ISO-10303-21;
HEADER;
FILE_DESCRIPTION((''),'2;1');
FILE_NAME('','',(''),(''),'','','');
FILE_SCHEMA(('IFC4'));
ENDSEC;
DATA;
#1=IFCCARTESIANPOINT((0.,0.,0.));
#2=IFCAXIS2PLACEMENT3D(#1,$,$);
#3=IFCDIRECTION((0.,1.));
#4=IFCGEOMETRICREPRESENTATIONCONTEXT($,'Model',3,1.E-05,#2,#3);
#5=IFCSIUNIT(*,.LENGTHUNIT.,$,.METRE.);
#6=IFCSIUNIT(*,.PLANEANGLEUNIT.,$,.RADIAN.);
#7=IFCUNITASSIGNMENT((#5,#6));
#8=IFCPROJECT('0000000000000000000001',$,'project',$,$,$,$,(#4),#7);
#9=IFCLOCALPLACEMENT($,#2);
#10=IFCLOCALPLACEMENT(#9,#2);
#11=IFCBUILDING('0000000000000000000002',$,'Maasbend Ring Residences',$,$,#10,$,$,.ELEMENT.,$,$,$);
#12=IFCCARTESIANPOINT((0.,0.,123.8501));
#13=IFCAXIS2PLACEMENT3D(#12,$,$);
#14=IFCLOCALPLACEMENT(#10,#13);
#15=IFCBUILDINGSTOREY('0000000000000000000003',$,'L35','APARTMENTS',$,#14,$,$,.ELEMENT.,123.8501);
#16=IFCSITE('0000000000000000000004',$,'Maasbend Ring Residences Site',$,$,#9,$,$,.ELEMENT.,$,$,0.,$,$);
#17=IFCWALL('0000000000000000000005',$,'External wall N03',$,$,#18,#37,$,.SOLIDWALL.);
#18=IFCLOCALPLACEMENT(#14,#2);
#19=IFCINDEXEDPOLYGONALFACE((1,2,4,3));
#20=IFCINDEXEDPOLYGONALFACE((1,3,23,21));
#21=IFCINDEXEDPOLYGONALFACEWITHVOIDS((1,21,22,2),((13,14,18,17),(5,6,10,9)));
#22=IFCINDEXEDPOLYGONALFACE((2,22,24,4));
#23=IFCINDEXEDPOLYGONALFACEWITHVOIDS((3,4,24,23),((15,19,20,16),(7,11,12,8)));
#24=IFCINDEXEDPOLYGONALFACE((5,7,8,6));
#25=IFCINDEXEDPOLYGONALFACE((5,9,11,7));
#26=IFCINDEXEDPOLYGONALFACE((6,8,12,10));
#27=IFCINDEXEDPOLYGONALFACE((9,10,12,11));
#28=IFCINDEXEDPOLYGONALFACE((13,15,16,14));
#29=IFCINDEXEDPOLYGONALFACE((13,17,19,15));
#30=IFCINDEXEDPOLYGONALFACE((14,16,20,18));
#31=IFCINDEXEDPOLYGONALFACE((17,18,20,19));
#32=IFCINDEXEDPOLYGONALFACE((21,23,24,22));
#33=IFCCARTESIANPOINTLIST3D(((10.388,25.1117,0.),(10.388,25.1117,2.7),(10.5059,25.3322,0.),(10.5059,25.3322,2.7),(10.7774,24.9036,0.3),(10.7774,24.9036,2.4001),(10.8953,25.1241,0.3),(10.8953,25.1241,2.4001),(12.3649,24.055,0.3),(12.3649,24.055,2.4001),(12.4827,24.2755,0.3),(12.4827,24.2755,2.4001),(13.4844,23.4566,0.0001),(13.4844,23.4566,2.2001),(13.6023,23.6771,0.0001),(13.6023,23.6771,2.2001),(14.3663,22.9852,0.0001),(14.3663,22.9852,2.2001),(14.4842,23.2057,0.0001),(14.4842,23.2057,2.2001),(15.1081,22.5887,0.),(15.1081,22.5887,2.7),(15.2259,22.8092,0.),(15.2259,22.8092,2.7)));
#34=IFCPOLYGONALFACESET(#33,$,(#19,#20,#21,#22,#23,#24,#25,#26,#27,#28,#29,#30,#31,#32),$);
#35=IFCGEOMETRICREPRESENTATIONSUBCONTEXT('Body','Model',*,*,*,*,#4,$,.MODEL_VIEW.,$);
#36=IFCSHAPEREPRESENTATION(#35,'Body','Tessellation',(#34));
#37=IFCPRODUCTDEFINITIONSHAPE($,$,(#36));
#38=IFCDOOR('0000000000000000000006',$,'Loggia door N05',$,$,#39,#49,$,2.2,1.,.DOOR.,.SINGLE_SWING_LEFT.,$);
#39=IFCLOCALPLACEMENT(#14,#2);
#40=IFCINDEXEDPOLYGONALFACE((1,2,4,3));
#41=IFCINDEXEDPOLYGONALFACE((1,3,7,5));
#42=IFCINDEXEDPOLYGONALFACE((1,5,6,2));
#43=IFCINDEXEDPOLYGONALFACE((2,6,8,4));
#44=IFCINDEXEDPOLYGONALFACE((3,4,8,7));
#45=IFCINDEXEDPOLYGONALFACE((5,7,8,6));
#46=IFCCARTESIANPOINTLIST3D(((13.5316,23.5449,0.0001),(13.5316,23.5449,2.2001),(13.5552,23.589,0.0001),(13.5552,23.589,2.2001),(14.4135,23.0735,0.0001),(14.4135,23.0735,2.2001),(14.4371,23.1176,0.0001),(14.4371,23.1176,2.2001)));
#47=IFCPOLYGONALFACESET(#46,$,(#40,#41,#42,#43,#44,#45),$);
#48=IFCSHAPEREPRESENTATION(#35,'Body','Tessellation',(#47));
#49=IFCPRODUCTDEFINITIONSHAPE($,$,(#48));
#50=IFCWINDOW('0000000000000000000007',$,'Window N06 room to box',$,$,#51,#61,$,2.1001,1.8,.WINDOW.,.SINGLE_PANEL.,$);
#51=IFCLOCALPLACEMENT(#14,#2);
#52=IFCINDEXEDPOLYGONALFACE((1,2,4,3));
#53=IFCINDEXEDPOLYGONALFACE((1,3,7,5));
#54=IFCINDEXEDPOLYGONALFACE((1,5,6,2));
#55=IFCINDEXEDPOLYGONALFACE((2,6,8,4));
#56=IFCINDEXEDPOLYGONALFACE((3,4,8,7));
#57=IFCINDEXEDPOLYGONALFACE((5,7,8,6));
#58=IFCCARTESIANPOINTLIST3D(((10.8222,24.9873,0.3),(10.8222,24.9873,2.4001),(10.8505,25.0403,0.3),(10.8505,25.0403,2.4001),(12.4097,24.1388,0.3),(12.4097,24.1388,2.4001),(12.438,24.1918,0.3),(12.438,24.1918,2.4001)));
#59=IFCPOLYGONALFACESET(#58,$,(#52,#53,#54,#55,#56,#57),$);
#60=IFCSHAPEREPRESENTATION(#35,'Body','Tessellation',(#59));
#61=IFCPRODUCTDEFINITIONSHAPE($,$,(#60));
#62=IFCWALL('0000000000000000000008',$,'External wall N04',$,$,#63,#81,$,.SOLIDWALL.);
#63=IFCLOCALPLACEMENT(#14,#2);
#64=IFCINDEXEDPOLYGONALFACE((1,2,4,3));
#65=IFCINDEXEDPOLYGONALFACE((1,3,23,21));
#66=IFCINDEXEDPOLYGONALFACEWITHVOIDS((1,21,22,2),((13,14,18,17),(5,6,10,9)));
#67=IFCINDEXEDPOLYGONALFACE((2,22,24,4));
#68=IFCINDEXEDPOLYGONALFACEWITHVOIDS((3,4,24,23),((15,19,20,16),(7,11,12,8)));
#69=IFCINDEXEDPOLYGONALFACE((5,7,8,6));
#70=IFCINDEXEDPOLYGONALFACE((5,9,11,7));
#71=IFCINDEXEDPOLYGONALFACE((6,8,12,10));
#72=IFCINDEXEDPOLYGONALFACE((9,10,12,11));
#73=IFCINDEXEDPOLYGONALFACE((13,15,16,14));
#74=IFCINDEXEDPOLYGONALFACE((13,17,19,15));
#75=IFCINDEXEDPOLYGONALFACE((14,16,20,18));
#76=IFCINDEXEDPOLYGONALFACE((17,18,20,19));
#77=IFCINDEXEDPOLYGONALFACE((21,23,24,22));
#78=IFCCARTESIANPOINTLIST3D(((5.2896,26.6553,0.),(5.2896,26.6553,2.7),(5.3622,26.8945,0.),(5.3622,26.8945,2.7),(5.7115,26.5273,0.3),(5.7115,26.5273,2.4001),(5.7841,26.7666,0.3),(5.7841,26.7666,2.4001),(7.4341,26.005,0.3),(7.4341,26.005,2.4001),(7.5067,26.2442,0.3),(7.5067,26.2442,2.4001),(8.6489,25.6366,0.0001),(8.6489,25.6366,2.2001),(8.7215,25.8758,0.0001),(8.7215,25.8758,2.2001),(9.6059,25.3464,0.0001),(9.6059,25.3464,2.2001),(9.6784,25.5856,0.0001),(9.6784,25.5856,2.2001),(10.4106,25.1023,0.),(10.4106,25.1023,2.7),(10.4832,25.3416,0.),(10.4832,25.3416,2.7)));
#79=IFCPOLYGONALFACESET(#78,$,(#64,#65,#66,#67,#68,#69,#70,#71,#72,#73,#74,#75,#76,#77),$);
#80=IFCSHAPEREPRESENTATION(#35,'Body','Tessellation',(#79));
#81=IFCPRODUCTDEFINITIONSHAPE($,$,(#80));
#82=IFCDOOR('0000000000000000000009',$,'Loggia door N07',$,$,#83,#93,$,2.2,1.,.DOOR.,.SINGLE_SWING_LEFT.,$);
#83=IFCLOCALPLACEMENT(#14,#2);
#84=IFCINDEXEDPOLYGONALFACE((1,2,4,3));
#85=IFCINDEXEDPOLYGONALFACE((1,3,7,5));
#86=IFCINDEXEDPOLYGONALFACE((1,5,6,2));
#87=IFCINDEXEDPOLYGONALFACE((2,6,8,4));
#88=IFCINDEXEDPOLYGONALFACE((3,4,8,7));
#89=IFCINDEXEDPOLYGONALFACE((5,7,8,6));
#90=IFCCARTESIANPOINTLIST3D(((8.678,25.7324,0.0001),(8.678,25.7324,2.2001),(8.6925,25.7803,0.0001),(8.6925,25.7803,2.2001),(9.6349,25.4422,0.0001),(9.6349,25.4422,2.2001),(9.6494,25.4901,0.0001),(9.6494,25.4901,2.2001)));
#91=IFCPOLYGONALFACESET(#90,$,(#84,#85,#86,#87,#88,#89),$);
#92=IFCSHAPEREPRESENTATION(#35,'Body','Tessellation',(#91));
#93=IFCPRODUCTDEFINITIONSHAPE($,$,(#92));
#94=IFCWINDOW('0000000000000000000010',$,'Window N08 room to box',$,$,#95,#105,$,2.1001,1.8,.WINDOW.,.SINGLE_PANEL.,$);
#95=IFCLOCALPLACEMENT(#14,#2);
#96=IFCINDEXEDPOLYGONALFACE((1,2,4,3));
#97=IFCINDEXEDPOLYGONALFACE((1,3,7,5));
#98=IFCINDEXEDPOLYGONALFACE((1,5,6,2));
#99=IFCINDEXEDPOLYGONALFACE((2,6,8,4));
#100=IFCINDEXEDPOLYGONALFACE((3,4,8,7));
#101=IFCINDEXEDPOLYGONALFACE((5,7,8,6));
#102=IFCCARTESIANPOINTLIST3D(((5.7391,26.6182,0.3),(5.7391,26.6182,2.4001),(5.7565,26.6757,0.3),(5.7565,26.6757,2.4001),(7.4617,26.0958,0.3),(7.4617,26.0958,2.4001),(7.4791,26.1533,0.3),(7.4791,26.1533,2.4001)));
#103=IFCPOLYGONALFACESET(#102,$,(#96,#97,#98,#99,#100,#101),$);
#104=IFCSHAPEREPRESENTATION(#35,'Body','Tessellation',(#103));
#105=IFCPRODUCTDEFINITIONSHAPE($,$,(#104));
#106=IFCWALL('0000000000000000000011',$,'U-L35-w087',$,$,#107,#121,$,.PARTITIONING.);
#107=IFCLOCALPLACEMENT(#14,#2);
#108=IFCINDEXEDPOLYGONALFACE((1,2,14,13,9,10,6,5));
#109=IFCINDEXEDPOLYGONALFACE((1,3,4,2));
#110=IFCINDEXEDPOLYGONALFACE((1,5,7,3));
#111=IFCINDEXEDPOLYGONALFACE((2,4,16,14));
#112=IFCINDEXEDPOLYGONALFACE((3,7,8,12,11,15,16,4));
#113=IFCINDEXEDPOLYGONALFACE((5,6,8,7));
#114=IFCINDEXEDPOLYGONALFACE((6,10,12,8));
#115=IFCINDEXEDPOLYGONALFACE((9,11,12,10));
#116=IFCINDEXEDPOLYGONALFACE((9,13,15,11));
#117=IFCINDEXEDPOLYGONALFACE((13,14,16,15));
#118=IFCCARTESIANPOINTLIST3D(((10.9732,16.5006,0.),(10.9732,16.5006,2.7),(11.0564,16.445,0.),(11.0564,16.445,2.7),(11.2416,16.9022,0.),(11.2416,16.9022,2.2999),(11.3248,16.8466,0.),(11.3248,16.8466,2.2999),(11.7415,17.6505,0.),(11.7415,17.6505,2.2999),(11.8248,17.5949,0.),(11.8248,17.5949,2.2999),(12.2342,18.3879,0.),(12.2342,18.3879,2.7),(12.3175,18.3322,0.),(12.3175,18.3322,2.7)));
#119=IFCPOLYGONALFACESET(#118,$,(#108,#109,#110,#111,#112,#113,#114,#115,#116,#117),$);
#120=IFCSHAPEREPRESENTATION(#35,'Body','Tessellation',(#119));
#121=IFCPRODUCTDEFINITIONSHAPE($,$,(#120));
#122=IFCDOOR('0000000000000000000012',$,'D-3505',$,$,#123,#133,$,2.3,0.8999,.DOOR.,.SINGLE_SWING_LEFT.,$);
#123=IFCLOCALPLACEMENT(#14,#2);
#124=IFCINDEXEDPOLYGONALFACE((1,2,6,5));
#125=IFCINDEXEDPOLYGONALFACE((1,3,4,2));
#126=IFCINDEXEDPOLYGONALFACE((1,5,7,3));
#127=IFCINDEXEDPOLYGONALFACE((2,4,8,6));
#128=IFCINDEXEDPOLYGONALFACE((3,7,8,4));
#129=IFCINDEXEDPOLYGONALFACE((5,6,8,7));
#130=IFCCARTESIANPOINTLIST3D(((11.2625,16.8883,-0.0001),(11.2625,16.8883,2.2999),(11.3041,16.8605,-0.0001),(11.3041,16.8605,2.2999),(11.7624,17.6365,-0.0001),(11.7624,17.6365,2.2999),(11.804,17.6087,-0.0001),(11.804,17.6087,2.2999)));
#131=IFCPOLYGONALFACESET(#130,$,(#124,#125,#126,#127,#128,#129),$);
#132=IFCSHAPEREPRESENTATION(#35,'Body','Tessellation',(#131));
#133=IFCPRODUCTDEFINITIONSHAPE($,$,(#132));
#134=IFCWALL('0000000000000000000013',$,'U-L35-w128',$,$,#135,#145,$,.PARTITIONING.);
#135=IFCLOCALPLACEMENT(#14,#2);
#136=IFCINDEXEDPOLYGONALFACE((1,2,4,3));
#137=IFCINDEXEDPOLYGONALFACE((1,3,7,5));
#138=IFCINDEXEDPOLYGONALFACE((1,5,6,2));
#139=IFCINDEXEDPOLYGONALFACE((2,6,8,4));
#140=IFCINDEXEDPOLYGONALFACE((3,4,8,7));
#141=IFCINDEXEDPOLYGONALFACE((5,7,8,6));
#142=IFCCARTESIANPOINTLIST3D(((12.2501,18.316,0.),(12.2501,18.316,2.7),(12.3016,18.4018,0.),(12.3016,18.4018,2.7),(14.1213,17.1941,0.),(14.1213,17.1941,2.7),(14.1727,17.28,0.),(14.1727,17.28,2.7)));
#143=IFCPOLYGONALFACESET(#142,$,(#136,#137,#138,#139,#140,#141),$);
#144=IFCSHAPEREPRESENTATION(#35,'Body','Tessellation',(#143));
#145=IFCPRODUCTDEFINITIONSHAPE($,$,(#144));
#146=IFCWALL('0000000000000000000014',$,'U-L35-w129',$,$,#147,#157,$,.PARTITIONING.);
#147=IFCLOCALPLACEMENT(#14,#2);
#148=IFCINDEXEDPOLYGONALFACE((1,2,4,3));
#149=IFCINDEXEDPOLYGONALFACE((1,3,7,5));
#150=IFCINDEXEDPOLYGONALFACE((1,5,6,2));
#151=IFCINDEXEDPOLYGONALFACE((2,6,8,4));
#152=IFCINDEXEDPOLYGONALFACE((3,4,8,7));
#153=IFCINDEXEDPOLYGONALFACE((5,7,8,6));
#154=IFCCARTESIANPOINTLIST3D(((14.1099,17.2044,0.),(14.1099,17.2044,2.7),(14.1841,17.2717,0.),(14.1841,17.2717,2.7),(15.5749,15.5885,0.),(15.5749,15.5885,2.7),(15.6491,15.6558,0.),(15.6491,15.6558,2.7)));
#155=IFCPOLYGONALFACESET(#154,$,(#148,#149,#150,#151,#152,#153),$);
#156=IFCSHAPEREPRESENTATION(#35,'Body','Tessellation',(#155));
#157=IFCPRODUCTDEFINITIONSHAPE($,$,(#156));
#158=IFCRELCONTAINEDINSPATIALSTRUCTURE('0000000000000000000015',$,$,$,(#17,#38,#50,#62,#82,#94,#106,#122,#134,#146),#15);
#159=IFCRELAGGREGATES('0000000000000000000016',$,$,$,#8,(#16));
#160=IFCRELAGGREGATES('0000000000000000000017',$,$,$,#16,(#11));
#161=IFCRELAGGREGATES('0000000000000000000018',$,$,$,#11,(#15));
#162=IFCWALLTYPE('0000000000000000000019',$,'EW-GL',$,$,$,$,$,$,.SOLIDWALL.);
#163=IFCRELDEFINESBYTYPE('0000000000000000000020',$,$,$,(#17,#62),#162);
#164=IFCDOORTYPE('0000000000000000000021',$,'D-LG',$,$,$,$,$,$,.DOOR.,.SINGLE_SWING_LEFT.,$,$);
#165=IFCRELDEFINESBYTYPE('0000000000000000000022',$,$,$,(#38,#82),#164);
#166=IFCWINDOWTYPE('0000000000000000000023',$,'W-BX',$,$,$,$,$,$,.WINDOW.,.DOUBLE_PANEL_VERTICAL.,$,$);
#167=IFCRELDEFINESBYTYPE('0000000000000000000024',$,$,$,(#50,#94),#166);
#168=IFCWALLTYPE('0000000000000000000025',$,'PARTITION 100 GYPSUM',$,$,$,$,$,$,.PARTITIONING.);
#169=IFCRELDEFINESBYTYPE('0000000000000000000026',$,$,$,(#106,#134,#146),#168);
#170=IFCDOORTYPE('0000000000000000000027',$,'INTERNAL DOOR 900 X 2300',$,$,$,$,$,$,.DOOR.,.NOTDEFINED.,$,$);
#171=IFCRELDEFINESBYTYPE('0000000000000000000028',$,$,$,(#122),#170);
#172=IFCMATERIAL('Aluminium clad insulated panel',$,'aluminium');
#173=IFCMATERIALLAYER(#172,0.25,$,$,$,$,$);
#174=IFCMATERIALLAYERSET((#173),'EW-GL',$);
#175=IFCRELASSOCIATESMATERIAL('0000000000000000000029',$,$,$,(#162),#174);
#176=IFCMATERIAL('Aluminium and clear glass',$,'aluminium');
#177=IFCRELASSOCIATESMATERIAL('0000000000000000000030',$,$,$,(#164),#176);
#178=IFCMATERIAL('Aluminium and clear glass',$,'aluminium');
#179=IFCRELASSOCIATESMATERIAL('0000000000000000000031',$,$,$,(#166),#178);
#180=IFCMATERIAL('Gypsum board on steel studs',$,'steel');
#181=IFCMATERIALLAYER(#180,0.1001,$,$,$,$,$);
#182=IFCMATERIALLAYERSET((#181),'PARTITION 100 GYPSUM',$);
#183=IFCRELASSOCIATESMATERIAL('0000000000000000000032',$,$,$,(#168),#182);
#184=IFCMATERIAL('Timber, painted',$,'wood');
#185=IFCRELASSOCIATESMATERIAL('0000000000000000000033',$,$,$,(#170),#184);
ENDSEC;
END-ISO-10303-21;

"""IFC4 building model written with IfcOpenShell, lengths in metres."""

from ifc_helpers import new_model, si_unit, direction, frame, frame_2d, origin, place, context, subcontext, project, spatial, rectangle, extrude, material, layer, layer_set, type_object, element, fill, save


model = new_model("IFC4")

# Units and contexts
model_context = context("Model", 3, precision=1e-05, world=origin(), true_north=direction((0.0, 1.0)))
body_context = subcontext(model_context, "Body", "Model", "MODEL_VIEW")
ifc_project = project(units=[si_unit("LENGTHUNIT", "METRE"), si_unit("PLANEANGLEUNIT", "RADIAN")], contexts=[model_context])

# Site, building, storey
site_placement = place(None, origin())
site = spatial("IfcSite", under=ifc_project, at=site_placement, Name="Maasbend Ring Residences Site", CompositionType="ELEMENT", RefElevation=0.0)
building_placement = place(site_placement, origin())
building = spatial("IfcBuilding", under=site, at=building_placement, Name="Maasbend Ring Residences", CompositionType="ELEMENT")
storey_placement = place(building_placement, frame((0.0, 0.0, 123.8501)))
storey = spatial("IfcBuildingStorey", under=building, at=storey_placement, Name="L35", Description="APARTMENTS", CompositionType="ELEMENT", Elevation=123.8501)

# Walls, openings, doors, windows
ifc_material_1 = material(Name="Aluminium clad insulated panel", Category="aluminium")
ifc_layer_1 = layer(ifc_material_1, 0.25)
ifc_layer_set_1 = layer_set([ifc_layer_1], Name="EW-GL")
wall_type_1 = type_object("IfcWallType", Name="EW-GL", PredefinedType="SOLIDWALL", material=ifc_layer_set_1)
wall_1_placement = place(storey_placement, frame((15.167, 22.699, 0.0), z_axis=(0.0, 0.0, 1.0), x_axis=(-0.881916, 0.471407, 0.0)))
wall_1 = element("IfcWall", 1, at=wall_1_placement, inside=storey, type_object=wall_type_1, Name="External wall N03", PredefinedType="SOLIDWALL", context=body_context, shape_type="SweptSolid", body=[
    extrude(rectangle(XDim=5.3521, YDim=0.25, at=frame_2d((2.676, 0.0))), origin(), (0.0, 0.0, 1.0), 2.7),
])
opening_1_placement = place(wall_1_placement, frame((0.8411, 0.0, 0.0)))
opening_1 = element("IfcOpeningElement", 2, at=opening_1_placement, cuts=wall_1, PredefinedType="OPENING", context=body_context, shape_type="SweptSolid", body=[
    extrude(rectangle(XDim=1.0, YDim=2.2, at=frame_2d((0.5, 1.1001))), frame((0.0, 0.135, 0.0), z_axis=(0.0, -1.0, 0.0), x_axis=(1.0, 0.0, 0.0)), (0.0, 0.0, 1.0), 0.27),
])
opening_2_placement = place(wall_1_placement, frame((3.1106, 0.0, 0.3)))
opening_2 = element("IfcOpeningElement", 3, at=opening_2_placement, cuts=wall_1, PredefinedType="OPENING", context=body_context, shape_type="SweptSolid", body=[
    extrude(rectangle(XDim=1.8, YDim=2.1001, at=frame_2d((0.8999, 1.05))), frame((0.0, 0.135, 0.0), z_axis=(0.0, -1.0, 0.0), x_axis=(1.0, 0.0, 0.0)), (0.0, 0.0, 1.0), 0.27),
])
ifc_material_2 = material(Name="Aluminium and clear glass", Category="aluminium")
door_type_1 = type_object("IfcDoorType", Name="D-LG", OperationType="SINGLE_SWING_LEFT", PredefinedType="DOOR", material=ifc_material_2)
door_1_placement = place(opening_1_placement, origin())
door_1 = element("IfcDoor", 4, at=door_1_placement, inside=storey, type_object=door_type_1, Name="Loggia door N05", OperationType="SINGLE_SWING_LEFT", OverallHeight=2.2, OverallWidth=1.0, PredefinedType="DOOR", context=body_context, shape_type="SweptSolid", body=[
    extrude(rectangle(XDim=1.0, YDim=2.2, at=frame_2d((0.5, 1.1001))), frame((0.0, 0.0249, 0.0), z_axis=(0.0, -1.0, 0.0), x_axis=(1.0, 0.0, 0.0)), (0.0, 0.0, 1.0), 0.05),
])
fill(opening_1, door_1)
ifc_material_3 = material(Name="Aluminium and clear glass", Category="aluminium")
window_type_1 = type_object("IfcWindowType", Name="W-BX", PartitioningType="DOUBLE_PANEL_VERTICAL", PredefinedType="WINDOW", material=ifc_material_3)
window_1_placement = place(opening_2_placement, origin())
window_1 = element("IfcWindow", 5, at=window_1_placement, inside=storey, type_object=window_type_1, Name="Window N06 room to box", OverallHeight=2.1001, OverallWidth=1.8, PartitioningType="SINGLE_PANEL", PredefinedType="WINDOW", context=body_context, shape_type="SweptSolid", body=[
    extrude(rectangle(XDim=1.8, YDim=2.1001, at=frame_2d((0.8999, 1.05))), frame((0.0, 0.03, 0.0), z_axis=(0.0, -1.0, 0.0), x_axis=(1.0, 0.0, 0.0)), (0.0, 0.0, 1.0), 0.0601),
])
fill(opening_2, window_1)
wall_2_placement = place(storey_placement, frame((10.447, 25.2219, 0.0), z_axis=(0.0, 0.0, 1.0), x_axis=(-0.956966, 0.290201, 0.0)))
wall_2 = element("IfcWall", 6, at=wall_2_placement, inside=storey, type_object=wall_type_1, Name="External wall N04", PredefinedType="SOLIDWALL", context=body_context, shape_type="SweptSolid", body=[
    extrude(rectangle(XDim=5.3513, YDim=0.25, at=frame_2d((2.6758, 0.0))), origin(), (0.0, 0.0, 1.0), 2.7),
])
opening_3_placement = place(wall_2_placement, frame((0.8411, 0.0, 0.0)))
opening_3 = element("IfcOpeningElement", 7, at=opening_3_placement, cuts=wall_2, PredefinedType="OPENING", context=body_context, shape_type="SweptSolid", body=[
    extrude(rectangle(XDim=1.0, YDim=2.2, at=frame_2d((0.5, 1.1001))), frame((0.0, 0.135, 0.0), z_axis=(0.0, -1.0, 0.0), x_axis=(1.0, 0.0, 0.0)), (0.0, 0.0, 1.0), 0.27),
])
opening_4_placement = place(wall_2_placement, frame((3.1106, 0.0, 0.3)))
opening_4 = element("IfcOpeningElement", 8, at=opening_4_placement, cuts=wall_2, PredefinedType="OPENING", context=body_context, shape_type="SweptSolid", body=[
    extrude(rectangle(XDim=1.8, YDim=2.1001, at=frame_2d((0.8999, 1.05))), frame((0.0, 0.135, 0.0), z_axis=(0.0, -1.0, 0.0), x_axis=(1.0, 0.0, 0.0)), (0.0, 0.0, 1.0), 0.27),
])
door_2_placement = place(opening_3_placement, origin())
door_2 = element("IfcDoor", 9, at=door_2_placement, inside=storey, type_object=door_type_1, Name="Loggia door N07", OperationType="SINGLE_SWING_LEFT", OverallHeight=2.2, OverallWidth=1.0, PredefinedType="DOOR", context=body_context, shape_type="SweptSolid", body=[
    extrude(rectangle(XDim=1.0, YDim=2.2, at=frame_2d((0.5, 1.1001))), frame((0.0, 0.0249, 0.0), z_axis=(0.0, -1.0, 0.0), x_axis=(1.0, 0.0, 0.0)), (0.0, 0.0, 1.0), 0.05),
])
fill(opening_3, door_2)
window_2_placement = place(opening_4_placement, origin())
window_2 = element("IfcWindow", 10, at=window_2_placement, inside=storey, type_object=window_type_1, Name="Window N08 room to box", OverallHeight=2.1001, OverallWidth=1.8, PartitioningType="SINGLE_PANEL", PredefinedType="WINDOW", context=body_context, shape_type="SweptSolid", body=[
    extrude(rectangle(XDim=1.8, YDim=2.1001, at=frame_2d((0.8999, 1.05))), frame((0.0, 0.03, 0.0), z_axis=(0.0, -1.0, 0.0), x_axis=(1.0, 0.0, 0.0)), (0.0, 0.0, 1.0), 0.0601),
])
fill(opening_4, window_2)

# Wall, opening, door
ifc_material_4 = material(Name="Gypsum board on steel studs", Category="steel")
ifc_layer_2 = layer(ifc_material_4, 0.1001)
ifc_layer_set_2 = layer_set([ifc_layer_2], Name="PARTITION 100 GYPSUM")
wall_type_2 = type_object("IfcWallType", Name="PARTITION 100 GYPSUM", PredefinedType="PARTITIONING", material=ifc_layer_set_2)
wall_3_placement = place(storey_placement, frame((11.0149, 16.4729, 0.0), z_axis=(0.0, 0.0, 1.0), x_axis=(0.555569, 0.831471, 0.0)))
wall_3 = element("IfcWall", 11, at=wall_3_placement, inside=storey, type_object=wall_type_2, Name="U-L35-w087", PredefinedType="PARTITIONING", context=body_context, shape_type="SweptSolid", body=[
    extrude(rectangle(XDim=2.2698, YDim=0.1001, at=frame_2d((1.1348, 0.0))), origin(), (0.0, 0.0, 1.0), 2.7),
])
opening_5_placement = place(wall_3_placement, frame((0.4829, 0.0, 0.0)))
opening_5 = element("IfcOpeningElement", 12, at=opening_5_placement, cuts=wall_3, PredefinedType="OPENING", context=body_context, shape_type="SweptSolid", body=[
    extrude(rectangle(XDim=0.8999, YDim=2.3, at=frame_2d((0.45, 1.1499))), frame((0.0, 0.0601, 0.0), z_axis=(0.0, -1.0, 0.0), x_axis=(1.0, 0.0, 0.0)), (0.0, 0.0, 1.0), 0.1201),
])
ifc_material_5 = material(Name="Timber, painted", Category="wood")
door_type_2 = type_object("IfcDoorType", Name="INTERNAL DOOR 900 X 2300", OperationType="NOTDEFINED", PredefinedType="DOOR", material=ifc_material_5)
door_3_placement = place(opening_5_placement, origin())
door_3 = element("IfcDoor", 13, at=door_3_placement, inside=storey, type_object=door_type_2, Name="D-3505", OperationType="SINGLE_SWING_LEFT", OverallHeight=2.3, OverallWidth=0.8999, PredefinedType="DOOR", context=body_context, shape_type="SweptSolid", body=[
    extrude(rectangle(XDim=0.8999, YDim=2.3, at=frame_2d((0.45, 1.1499))), frame((0.0, 0.0249, 0.0), z_axis=(0.0, -1.0, 0.0), x_axis=(1.0, 0.0, 0.0)), (0.0, 0.0, 1.0), 0.05),
])
fill(opening_5, door_3)

# Walls
wall_4_placement = place(storey_placement, frame((12.2759, 18.3589, 0.0), z_axis=(0.0, 0.0, 1.0), x_axis=(0.857661, -0.514216, 0.0)))
element("IfcWall", 14, at=wall_4_placement, inside=storey, type_object=wall_type_2, Name="U-L35-w128", PredefinedType="PARTITIONING", context=body_context, shape_type="SweptSolid", body=[
    extrude(rectangle(XDim=2.1816, YDim=0.1001, at=frame_2d((1.0908, 0.0))), origin(), (0.0, 0.0, 1.0), 2.7),
])
wall_5_placement = place(storey_placement, frame((14.147, 17.238, 0.0), z_axis=(0.0, 0.0, 1.0), x_axis=(0.671675, -0.740846, 0.0)))
element("IfcWall", 15, at=wall_5_placement, inside=storey, type_object=wall_type_2, Name="U-L35-w129", PredefinedType="PARTITIONING", context=body_context, shape_type="SweptSolid", body=[
    extrude(rectangle(XDim=2.1812, YDim=0.1001, at=frame_2d((1.0906, 0.0))), origin(), (0.0, 0.0, 1.0), 2.7),
])

save(model, "model.ifc")
